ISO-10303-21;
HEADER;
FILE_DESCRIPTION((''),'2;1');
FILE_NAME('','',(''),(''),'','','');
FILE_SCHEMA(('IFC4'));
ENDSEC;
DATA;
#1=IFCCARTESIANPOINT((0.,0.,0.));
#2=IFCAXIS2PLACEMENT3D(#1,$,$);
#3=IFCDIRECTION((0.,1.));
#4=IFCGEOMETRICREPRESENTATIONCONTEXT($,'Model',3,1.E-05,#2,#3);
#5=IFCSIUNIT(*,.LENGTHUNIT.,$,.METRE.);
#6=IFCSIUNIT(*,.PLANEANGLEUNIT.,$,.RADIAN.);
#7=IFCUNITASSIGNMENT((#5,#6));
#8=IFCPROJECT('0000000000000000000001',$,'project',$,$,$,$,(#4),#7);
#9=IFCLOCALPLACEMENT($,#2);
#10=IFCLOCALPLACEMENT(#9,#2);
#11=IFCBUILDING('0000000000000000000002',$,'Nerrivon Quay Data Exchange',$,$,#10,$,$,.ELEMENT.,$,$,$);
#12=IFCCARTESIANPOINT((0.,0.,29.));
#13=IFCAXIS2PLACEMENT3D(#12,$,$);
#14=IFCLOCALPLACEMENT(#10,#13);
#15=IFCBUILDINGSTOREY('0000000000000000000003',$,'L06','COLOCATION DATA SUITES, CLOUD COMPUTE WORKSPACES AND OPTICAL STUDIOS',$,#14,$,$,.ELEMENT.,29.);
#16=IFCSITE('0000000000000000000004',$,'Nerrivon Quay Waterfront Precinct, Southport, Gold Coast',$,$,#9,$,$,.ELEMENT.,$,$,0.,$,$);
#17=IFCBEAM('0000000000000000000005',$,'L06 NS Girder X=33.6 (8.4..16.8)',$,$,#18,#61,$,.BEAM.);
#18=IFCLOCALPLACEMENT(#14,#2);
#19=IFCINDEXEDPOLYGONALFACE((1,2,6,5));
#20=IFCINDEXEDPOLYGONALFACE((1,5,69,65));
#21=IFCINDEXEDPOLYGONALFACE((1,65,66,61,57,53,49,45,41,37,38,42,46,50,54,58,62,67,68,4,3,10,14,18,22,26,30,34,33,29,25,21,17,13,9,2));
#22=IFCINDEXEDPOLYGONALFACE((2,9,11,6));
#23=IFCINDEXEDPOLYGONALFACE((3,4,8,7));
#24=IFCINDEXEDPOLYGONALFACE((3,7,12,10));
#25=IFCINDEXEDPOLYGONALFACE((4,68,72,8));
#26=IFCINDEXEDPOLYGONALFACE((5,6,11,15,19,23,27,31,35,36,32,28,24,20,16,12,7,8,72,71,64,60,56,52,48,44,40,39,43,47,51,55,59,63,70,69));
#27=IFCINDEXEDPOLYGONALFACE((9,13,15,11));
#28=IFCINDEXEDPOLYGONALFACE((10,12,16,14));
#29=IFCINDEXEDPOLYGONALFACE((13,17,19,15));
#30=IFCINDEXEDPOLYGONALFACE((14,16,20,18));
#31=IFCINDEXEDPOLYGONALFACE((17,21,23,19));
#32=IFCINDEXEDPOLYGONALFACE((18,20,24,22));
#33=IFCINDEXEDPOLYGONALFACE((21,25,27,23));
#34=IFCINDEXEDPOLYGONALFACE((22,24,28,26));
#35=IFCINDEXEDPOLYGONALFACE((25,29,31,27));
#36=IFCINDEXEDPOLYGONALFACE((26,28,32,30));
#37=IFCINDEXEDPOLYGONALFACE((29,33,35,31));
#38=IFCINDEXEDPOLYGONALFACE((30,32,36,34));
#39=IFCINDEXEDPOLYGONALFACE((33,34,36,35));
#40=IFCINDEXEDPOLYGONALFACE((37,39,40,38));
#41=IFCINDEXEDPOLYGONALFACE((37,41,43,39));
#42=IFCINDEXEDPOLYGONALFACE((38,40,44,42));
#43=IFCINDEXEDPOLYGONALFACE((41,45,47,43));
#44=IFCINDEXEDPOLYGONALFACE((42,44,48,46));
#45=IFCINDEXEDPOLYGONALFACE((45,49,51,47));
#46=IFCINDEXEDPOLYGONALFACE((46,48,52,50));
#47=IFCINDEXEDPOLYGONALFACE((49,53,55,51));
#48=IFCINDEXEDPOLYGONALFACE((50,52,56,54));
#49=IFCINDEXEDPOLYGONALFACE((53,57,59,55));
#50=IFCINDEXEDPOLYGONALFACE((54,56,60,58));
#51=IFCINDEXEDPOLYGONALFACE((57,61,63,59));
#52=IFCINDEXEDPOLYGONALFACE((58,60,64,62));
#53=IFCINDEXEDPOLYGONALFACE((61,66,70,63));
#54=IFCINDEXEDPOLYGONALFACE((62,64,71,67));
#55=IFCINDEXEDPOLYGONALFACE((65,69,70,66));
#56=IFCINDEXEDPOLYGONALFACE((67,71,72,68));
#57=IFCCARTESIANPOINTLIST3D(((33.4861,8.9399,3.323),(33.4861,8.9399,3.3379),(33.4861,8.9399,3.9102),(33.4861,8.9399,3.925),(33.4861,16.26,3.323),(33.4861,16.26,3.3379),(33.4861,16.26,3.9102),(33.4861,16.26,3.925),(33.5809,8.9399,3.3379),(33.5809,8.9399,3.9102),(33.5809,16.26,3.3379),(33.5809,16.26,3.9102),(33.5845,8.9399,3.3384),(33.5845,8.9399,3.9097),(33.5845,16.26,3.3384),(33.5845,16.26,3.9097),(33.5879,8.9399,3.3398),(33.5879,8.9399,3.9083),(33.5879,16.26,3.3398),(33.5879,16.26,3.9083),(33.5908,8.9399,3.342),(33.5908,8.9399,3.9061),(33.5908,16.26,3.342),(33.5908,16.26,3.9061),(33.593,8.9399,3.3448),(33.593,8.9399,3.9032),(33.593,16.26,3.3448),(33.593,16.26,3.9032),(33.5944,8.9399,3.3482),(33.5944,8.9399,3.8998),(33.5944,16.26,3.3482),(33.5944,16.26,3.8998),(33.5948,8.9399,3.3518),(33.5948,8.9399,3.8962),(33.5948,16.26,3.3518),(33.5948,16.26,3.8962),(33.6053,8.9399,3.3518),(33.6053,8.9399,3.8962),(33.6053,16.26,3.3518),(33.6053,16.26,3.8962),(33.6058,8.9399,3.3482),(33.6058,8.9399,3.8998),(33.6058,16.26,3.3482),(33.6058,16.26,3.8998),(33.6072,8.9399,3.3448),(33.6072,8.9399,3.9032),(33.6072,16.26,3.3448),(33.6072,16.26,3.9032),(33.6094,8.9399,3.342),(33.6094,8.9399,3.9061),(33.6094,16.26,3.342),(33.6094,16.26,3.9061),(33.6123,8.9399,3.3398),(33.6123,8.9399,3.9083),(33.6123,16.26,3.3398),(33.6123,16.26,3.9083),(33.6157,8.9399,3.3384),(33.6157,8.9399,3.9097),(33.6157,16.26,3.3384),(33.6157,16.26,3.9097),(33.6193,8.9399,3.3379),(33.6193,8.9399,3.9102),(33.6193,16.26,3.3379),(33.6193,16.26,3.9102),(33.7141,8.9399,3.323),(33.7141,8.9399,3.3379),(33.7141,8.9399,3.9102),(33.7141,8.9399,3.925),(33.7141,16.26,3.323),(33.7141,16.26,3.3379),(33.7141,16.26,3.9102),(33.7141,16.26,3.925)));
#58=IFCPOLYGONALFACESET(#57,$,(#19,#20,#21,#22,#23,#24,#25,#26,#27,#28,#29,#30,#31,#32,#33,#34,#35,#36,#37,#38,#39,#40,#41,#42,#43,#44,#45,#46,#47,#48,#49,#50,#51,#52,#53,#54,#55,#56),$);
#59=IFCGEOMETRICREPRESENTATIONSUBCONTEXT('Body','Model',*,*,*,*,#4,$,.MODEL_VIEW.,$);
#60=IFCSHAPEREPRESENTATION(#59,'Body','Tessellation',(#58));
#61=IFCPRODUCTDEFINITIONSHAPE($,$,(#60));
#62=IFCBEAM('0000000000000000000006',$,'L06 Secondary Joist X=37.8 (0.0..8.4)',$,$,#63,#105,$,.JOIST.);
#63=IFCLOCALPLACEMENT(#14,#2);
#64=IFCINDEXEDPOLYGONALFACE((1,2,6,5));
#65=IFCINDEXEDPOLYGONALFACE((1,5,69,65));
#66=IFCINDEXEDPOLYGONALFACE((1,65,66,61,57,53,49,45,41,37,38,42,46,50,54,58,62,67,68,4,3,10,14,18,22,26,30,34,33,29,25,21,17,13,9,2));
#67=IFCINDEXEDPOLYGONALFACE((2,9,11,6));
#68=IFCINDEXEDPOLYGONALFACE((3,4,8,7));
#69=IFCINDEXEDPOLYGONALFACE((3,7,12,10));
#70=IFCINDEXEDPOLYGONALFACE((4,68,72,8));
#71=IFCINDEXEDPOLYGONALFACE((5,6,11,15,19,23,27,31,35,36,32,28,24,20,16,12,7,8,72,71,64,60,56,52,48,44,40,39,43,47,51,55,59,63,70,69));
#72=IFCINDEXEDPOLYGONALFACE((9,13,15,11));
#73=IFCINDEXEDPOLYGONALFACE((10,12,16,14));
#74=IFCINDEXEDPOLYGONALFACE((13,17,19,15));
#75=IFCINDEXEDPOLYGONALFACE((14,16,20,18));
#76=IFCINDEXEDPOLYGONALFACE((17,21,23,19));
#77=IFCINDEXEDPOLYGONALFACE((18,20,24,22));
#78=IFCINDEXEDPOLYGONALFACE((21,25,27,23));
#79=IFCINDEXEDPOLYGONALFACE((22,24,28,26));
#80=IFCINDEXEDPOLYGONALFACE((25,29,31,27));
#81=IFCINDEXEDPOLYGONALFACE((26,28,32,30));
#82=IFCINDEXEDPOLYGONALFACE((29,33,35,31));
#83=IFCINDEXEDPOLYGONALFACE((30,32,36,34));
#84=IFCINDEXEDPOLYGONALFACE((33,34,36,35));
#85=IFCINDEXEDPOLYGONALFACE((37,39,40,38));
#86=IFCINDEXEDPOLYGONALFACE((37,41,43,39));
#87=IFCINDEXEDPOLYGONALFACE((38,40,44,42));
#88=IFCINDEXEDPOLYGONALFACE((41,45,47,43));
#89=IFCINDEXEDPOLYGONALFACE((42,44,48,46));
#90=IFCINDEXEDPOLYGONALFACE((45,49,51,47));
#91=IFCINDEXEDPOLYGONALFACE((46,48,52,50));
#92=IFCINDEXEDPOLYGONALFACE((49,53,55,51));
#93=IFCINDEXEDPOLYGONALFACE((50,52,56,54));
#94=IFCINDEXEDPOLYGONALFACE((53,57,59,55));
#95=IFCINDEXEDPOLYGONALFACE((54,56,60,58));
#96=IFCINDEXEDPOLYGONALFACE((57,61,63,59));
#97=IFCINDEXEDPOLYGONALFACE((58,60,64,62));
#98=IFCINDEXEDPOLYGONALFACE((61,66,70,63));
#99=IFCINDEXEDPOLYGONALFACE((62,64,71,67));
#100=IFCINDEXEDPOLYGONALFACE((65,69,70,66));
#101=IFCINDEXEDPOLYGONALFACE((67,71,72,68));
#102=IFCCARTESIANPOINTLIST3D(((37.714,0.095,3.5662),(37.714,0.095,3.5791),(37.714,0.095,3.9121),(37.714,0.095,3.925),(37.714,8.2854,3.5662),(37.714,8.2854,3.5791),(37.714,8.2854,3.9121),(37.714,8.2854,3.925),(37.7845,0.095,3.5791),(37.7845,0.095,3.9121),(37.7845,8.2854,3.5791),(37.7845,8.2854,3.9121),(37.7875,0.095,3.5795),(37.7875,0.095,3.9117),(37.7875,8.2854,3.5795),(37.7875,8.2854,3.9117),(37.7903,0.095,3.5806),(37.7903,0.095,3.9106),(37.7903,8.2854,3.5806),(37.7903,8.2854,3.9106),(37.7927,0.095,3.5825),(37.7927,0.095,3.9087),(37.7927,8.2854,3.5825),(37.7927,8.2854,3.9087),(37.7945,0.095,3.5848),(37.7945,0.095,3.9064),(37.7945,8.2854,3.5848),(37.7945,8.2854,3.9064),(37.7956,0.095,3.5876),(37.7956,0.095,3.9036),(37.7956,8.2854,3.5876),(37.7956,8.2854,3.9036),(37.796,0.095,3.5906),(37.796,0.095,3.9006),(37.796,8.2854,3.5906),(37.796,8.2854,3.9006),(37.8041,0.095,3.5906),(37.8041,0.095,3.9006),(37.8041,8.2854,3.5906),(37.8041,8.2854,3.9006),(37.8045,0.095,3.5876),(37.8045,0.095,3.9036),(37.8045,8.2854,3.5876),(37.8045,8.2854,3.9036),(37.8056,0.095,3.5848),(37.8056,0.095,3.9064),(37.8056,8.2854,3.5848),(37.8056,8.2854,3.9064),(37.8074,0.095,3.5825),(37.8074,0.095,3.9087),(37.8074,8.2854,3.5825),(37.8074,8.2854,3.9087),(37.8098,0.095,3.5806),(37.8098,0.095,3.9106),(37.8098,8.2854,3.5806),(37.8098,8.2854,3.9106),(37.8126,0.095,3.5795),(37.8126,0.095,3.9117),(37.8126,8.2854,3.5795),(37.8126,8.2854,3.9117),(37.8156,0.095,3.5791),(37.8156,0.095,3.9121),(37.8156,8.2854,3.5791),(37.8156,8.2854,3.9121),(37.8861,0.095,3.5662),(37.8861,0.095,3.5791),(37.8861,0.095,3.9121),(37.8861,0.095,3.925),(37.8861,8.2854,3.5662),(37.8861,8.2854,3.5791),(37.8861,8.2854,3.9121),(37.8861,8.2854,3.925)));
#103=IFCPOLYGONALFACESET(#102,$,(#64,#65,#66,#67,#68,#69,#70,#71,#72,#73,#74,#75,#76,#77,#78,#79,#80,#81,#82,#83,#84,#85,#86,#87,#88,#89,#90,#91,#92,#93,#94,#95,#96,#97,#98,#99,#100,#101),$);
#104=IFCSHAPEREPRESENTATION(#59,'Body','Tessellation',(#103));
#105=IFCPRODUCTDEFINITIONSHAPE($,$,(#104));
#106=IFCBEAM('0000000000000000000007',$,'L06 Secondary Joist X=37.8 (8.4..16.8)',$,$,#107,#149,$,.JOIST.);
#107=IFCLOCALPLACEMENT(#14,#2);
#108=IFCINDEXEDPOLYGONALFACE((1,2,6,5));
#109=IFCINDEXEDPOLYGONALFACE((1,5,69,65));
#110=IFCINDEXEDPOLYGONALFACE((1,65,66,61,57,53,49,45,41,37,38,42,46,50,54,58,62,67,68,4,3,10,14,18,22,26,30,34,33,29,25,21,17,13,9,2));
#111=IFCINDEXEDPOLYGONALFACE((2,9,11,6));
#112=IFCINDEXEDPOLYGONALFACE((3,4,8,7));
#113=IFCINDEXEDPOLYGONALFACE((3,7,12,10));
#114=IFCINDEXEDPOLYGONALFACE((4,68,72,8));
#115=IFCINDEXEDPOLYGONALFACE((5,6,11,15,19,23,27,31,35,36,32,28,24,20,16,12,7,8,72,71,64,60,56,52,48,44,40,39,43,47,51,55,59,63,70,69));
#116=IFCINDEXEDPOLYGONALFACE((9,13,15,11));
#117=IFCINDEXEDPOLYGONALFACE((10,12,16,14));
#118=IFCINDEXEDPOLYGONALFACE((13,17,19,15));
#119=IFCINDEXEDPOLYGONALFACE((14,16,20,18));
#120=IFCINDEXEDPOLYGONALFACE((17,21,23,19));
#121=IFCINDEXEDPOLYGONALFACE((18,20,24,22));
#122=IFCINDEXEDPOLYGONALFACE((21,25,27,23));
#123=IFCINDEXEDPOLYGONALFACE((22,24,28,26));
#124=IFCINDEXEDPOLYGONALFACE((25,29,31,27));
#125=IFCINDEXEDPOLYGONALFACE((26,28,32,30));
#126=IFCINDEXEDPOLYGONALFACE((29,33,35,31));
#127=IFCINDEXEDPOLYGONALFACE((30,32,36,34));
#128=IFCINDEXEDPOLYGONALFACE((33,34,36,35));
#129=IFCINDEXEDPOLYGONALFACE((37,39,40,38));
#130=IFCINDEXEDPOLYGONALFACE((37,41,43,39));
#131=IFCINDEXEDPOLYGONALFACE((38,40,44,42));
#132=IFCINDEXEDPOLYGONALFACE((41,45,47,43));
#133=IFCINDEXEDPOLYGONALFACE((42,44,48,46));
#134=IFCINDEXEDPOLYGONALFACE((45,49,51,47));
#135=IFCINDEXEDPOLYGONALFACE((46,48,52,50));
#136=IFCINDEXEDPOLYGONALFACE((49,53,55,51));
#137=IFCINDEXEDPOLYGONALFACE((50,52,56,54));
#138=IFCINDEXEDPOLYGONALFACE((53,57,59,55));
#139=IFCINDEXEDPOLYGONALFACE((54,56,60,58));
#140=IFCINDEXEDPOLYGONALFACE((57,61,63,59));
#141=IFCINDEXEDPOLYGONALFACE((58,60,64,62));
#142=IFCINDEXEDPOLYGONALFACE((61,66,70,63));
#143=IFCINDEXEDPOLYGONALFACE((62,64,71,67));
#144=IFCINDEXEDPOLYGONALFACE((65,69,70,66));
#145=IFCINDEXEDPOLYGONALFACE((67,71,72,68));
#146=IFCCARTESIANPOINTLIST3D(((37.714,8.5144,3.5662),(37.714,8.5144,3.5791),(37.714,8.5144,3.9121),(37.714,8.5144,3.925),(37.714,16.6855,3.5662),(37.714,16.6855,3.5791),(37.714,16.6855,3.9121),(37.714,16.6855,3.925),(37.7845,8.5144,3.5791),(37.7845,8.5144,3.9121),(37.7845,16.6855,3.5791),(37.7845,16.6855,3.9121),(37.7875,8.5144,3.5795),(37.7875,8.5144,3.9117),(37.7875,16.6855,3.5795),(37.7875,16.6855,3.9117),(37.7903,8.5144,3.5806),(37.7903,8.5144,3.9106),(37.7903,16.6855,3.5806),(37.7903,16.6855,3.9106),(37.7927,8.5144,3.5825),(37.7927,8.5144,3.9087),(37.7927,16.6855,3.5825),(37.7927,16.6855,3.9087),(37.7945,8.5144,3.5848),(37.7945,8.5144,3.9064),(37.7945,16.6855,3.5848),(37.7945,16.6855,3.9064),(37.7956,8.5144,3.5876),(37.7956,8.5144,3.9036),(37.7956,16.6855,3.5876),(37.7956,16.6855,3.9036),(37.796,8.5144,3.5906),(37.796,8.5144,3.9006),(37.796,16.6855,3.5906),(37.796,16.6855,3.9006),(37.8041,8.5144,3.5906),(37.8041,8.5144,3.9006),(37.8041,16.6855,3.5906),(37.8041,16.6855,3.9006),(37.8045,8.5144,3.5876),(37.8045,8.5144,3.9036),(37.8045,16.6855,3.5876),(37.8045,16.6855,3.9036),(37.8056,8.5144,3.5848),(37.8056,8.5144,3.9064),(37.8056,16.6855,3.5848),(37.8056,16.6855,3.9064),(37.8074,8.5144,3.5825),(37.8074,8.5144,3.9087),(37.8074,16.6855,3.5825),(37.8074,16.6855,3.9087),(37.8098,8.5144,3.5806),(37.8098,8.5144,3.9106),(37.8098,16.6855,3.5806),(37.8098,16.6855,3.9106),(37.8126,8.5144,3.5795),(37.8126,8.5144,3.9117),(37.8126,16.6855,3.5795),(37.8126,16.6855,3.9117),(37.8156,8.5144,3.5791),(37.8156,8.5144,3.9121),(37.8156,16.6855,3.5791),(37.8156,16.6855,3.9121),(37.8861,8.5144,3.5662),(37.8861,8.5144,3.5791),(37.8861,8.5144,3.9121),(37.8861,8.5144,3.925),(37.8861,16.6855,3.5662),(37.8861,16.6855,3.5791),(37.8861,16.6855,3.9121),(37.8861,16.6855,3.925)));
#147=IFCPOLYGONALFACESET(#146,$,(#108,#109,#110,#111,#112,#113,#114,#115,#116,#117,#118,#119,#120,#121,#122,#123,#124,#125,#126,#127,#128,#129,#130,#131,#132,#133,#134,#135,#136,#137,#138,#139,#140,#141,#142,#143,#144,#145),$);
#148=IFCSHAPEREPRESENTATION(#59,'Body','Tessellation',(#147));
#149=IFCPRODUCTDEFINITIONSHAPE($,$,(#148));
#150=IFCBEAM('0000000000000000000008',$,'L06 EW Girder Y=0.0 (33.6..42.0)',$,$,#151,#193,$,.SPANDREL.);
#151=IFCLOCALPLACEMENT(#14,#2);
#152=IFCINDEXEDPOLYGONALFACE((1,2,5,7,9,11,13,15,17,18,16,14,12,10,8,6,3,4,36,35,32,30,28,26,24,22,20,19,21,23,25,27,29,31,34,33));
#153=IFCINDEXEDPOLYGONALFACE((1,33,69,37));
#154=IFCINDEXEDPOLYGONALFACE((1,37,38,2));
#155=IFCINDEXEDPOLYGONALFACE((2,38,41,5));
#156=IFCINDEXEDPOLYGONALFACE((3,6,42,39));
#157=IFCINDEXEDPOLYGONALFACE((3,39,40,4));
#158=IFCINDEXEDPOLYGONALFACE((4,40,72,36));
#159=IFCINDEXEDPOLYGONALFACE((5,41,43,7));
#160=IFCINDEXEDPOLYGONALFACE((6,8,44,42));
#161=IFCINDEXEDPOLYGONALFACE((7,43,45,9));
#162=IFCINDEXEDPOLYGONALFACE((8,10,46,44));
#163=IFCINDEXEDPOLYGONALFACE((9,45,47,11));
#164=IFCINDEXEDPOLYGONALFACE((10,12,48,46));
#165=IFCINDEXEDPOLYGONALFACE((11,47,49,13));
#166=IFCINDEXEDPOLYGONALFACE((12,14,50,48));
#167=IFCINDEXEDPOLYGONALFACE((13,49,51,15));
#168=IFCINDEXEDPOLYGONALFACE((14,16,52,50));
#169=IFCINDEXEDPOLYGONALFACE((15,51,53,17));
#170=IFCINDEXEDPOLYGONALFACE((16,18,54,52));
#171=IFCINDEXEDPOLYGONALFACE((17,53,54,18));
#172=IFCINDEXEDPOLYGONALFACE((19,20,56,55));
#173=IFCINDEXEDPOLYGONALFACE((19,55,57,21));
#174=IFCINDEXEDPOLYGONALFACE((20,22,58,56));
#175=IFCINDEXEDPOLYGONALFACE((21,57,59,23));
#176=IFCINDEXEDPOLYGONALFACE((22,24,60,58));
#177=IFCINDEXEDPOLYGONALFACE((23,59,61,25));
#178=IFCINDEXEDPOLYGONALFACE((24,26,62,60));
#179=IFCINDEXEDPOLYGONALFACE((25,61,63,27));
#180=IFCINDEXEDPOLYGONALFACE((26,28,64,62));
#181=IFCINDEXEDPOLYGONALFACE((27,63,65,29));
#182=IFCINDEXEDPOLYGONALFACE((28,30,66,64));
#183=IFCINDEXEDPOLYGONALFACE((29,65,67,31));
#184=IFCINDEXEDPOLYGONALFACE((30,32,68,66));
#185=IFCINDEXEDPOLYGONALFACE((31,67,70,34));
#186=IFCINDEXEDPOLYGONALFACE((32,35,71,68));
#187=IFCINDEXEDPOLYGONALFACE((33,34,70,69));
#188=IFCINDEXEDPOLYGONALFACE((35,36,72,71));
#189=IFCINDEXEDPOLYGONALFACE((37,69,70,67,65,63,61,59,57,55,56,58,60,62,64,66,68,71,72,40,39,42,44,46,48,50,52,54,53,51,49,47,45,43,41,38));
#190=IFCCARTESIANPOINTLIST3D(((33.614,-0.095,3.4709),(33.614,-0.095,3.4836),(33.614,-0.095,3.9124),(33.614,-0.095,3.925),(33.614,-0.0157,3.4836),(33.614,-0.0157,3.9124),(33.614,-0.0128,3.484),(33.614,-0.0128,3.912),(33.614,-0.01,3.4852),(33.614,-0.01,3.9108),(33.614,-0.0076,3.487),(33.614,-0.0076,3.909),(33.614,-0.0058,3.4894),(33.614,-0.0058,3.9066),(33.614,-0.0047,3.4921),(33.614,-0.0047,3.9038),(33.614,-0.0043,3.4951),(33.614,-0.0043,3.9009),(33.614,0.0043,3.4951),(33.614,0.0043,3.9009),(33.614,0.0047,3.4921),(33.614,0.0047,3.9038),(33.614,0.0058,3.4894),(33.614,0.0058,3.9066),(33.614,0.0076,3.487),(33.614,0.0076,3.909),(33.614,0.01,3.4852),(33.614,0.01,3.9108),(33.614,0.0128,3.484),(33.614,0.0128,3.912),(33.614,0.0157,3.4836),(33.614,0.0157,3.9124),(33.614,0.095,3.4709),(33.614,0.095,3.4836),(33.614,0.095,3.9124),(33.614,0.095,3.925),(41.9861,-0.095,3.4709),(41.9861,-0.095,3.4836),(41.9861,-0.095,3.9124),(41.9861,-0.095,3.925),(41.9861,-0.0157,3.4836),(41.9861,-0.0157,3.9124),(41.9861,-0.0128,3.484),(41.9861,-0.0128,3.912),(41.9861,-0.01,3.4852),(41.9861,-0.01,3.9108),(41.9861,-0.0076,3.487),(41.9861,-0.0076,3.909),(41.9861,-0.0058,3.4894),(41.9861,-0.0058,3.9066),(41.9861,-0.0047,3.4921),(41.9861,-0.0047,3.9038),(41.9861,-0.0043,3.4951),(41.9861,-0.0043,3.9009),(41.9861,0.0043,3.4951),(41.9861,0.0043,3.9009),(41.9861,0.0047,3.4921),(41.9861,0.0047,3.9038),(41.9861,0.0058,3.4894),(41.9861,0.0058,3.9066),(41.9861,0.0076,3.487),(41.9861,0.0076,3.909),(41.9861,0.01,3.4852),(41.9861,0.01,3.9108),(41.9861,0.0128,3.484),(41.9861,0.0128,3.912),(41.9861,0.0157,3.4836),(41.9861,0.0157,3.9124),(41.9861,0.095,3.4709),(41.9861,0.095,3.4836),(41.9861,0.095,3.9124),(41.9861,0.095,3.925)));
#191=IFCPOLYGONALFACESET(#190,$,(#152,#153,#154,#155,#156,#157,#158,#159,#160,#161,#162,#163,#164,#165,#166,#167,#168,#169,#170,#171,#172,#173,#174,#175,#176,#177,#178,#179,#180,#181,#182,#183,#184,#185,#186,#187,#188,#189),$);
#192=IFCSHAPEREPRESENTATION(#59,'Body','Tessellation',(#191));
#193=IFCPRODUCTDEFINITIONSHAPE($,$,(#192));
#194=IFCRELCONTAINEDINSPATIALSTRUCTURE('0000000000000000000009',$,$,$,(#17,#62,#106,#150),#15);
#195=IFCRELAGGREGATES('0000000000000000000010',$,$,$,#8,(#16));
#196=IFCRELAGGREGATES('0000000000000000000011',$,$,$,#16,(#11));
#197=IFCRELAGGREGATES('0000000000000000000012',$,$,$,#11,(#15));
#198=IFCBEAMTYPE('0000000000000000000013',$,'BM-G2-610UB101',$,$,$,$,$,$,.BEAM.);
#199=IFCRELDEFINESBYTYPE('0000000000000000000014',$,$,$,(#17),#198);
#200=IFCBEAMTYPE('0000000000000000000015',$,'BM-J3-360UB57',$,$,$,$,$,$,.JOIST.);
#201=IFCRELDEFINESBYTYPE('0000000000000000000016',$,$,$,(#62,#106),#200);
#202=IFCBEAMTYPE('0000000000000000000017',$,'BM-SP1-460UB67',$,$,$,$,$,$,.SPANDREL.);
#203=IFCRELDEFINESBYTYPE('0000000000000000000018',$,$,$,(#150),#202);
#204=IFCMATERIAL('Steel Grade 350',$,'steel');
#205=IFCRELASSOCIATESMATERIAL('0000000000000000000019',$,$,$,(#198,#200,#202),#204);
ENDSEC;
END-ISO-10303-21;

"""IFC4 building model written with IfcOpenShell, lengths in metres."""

from ifc_helpers import new_model, si_unit, direction, frame, origin, origin_2d, place, context, subcontext, project, spatial, i_section, extrude, material, material_profile, profile_set, type_object, element, save


model = new_model("IFC4")

# Units and contexts
model_context = context("Model", 3, precision=1e-05, world=origin(), true_north=direction((0.0, 1.0)))
body_context = subcontext(model_context, "Body", "Model", "MODEL_VIEW")
ifc_project = project(units=[si_unit("LENGTHUNIT", "METRE"), si_unit("PLANEANGLEUNIT", "RADIAN")], contexts=[model_context])

# Site, building, storey
site_placement = place(None, origin())
site = spatial("IfcSite", under=ifc_project, at=site_placement, Name="Nerrivon Quay Waterfront Precinct, Southport, Gold Coast", CompositionType="ELEMENT", RefElevation=0.0)
building_placement = place(site_placement, origin())
building = spatial("IfcBuilding", under=site, at=building_placement, Name="Nerrivon Quay Data Exchange", CompositionType="ELEMENT")
storey_placement = place(building_placement, frame((0.0, 0.0, 29.0)))
storey = spatial("IfcBuildingStorey", under=building, at=storey_placement, Name="L06", Description="COLOCATION DATA SUITES, CLOUD COMPUTE WORKSPACES AND OPTICAL STUDIOS", CompositionType="ELEMENT", Elevation=29.0)

# Shared definitions
ifc_material_1 = material(Name="Steel Grade 350", Category="steel")

# Beams
ifc_material_profile_1 = material_profile(ifc_material_1, i_section(OverallWidth=0.228, OverallDepth=0.6021, WebThickness=0.0105, FlangeThickness=0.0149, FilletRadius=0.0139, at=origin_2d()), Name="610UB101")
ifc_profile_set_1 = profile_set([ifc_material_profile_1], Name="Steel Grade 350")
beam_type_1 = type_object("IfcBeamType", Name="BM-G2-610UB101", PredefinedType="BEAM", material=ifc_profile_set_1)
beam_1_placement = place(storey_placement, frame((33.6001, 8.9399, 3.624), z_axis=(0.0, 1.0, 0.0), x_axis=(-1.0, 0.0, 0.0)))
element("IfcBeam", 1, at=beam_1_placement, inside=storey, type_object=beam_type_1, Name="L06 NS Girder X=33.6 (8.4..16.8)", PredefinedType="BEAM", context=body_context, shape_type="SweptSolid", body=[
    extrude(i_section(OverallWidth=0.228, OverallDepth=0.6021, WebThickness=0.0105, FlangeThickness=0.0149, FilletRadius=0.0139, at=origin_2d()), origin(), (0.0, 0.0, 1.0), 7.3201),
])
ifc_material_profile_2 = material_profile(ifc_material_1, i_section(OverallWidth=0.1721, OverallDepth=0.3589, WebThickness=0.0081, FlangeThickness=0.0129, FilletRadius=0.0115, at=origin_2d()), Name="360UB56.7")
ifc_profile_set_2 = profile_set([ifc_material_profile_2], Name="Steel Grade 350")
beam_type_2 = type_object("IfcBeamType", Name="BM-J3-360UB57", PredefinedType="JOIST", material=ifc_profile_set_2)
beam_2_placement = place(storey_placement, frame((37.8, 0.095, 3.7456), z_axis=(0.0, 1.0, 0.0), x_axis=(-1.0, 0.0, 0.0)))
element("IfcBeam", 2, at=beam_2_placement, inside=storey, type_object=beam_type_2, Name="L06 Secondary Joist X=37.8 (0.0..8.4)", PredefinedType="JOIST", context=body_context, shape_type="SweptSolid", body=[
    extrude(i_section(OverallWidth=0.1721, OverallDepth=0.3589, WebThickness=0.0081, FlangeThickness=0.0129, FilletRadius=0.0115, at=origin_2d()), origin(), (0.0, 0.0, 1.0), 8.1904),
])
beam_3_placement = place(storey_placement, frame((37.8, 8.5144, 3.7456), z_axis=(0.0, 1.0, 0.0), x_axis=(-1.0, 0.0, 0.0)))
element("IfcBeam", 3, at=beam_3_placement, inside=storey, type_object=beam_type_2, Name="L06 Secondary Joist X=37.8 (8.4..16.8)", PredefinedType="JOIST", context=body_context, shape_type="SweptSolid", body=[
    extrude(i_section(OverallWidth=0.1721, OverallDepth=0.3589, WebThickness=0.0081, FlangeThickness=0.0129, FilletRadius=0.0115, at=origin_2d()), origin(), (0.0, 0.0, 1.0), 8.1711),
])
ifc_material_profile_3 = material_profile(ifc_material_1, i_section(OverallWidth=0.1899, OverallDepth=0.4541, WebThickness=0.0085, FlangeThickness=0.0127, FilletRadius=0.0115, at=origin_2d()), Name="460UB67.1")
ifc_profile_set_3 = profile_set([ifc_material_profile_3], Name="Steel Grade 350")
beam_type_3 = type_object("IfcBeamType", Name="BM-SP1-460UB67", PredefinedType="SPANDREL", material=ifc_profile_set_3)
beam_4_placement = place(storey_placement, frame((33.614, 0.0, 3.698), z_axis=(1.0, 0.0, 0.0), x_axis=(0.0, 1.0, 0.0)))
element("IfcBeam", 4, at=beam_4_placement, inside=storey, type_object=beam_type_3, Name="L06 EW Girder Y=0.0 (33.6..42.0)", PredefinedType="SPANDREL", context=body_context, shape_type="SweptSolid", body=[
    extrude(i_section(OverallWidth=0.1899, OverallDepth=0.4541, WebThickness=0.0085, FlangeThickness=0.0127, FilletRadius=0.0115, at=origin_2d()), origin(), (0.0, 0.0, 1.0), 8.3721),
])

save(model, "model.ifc")
